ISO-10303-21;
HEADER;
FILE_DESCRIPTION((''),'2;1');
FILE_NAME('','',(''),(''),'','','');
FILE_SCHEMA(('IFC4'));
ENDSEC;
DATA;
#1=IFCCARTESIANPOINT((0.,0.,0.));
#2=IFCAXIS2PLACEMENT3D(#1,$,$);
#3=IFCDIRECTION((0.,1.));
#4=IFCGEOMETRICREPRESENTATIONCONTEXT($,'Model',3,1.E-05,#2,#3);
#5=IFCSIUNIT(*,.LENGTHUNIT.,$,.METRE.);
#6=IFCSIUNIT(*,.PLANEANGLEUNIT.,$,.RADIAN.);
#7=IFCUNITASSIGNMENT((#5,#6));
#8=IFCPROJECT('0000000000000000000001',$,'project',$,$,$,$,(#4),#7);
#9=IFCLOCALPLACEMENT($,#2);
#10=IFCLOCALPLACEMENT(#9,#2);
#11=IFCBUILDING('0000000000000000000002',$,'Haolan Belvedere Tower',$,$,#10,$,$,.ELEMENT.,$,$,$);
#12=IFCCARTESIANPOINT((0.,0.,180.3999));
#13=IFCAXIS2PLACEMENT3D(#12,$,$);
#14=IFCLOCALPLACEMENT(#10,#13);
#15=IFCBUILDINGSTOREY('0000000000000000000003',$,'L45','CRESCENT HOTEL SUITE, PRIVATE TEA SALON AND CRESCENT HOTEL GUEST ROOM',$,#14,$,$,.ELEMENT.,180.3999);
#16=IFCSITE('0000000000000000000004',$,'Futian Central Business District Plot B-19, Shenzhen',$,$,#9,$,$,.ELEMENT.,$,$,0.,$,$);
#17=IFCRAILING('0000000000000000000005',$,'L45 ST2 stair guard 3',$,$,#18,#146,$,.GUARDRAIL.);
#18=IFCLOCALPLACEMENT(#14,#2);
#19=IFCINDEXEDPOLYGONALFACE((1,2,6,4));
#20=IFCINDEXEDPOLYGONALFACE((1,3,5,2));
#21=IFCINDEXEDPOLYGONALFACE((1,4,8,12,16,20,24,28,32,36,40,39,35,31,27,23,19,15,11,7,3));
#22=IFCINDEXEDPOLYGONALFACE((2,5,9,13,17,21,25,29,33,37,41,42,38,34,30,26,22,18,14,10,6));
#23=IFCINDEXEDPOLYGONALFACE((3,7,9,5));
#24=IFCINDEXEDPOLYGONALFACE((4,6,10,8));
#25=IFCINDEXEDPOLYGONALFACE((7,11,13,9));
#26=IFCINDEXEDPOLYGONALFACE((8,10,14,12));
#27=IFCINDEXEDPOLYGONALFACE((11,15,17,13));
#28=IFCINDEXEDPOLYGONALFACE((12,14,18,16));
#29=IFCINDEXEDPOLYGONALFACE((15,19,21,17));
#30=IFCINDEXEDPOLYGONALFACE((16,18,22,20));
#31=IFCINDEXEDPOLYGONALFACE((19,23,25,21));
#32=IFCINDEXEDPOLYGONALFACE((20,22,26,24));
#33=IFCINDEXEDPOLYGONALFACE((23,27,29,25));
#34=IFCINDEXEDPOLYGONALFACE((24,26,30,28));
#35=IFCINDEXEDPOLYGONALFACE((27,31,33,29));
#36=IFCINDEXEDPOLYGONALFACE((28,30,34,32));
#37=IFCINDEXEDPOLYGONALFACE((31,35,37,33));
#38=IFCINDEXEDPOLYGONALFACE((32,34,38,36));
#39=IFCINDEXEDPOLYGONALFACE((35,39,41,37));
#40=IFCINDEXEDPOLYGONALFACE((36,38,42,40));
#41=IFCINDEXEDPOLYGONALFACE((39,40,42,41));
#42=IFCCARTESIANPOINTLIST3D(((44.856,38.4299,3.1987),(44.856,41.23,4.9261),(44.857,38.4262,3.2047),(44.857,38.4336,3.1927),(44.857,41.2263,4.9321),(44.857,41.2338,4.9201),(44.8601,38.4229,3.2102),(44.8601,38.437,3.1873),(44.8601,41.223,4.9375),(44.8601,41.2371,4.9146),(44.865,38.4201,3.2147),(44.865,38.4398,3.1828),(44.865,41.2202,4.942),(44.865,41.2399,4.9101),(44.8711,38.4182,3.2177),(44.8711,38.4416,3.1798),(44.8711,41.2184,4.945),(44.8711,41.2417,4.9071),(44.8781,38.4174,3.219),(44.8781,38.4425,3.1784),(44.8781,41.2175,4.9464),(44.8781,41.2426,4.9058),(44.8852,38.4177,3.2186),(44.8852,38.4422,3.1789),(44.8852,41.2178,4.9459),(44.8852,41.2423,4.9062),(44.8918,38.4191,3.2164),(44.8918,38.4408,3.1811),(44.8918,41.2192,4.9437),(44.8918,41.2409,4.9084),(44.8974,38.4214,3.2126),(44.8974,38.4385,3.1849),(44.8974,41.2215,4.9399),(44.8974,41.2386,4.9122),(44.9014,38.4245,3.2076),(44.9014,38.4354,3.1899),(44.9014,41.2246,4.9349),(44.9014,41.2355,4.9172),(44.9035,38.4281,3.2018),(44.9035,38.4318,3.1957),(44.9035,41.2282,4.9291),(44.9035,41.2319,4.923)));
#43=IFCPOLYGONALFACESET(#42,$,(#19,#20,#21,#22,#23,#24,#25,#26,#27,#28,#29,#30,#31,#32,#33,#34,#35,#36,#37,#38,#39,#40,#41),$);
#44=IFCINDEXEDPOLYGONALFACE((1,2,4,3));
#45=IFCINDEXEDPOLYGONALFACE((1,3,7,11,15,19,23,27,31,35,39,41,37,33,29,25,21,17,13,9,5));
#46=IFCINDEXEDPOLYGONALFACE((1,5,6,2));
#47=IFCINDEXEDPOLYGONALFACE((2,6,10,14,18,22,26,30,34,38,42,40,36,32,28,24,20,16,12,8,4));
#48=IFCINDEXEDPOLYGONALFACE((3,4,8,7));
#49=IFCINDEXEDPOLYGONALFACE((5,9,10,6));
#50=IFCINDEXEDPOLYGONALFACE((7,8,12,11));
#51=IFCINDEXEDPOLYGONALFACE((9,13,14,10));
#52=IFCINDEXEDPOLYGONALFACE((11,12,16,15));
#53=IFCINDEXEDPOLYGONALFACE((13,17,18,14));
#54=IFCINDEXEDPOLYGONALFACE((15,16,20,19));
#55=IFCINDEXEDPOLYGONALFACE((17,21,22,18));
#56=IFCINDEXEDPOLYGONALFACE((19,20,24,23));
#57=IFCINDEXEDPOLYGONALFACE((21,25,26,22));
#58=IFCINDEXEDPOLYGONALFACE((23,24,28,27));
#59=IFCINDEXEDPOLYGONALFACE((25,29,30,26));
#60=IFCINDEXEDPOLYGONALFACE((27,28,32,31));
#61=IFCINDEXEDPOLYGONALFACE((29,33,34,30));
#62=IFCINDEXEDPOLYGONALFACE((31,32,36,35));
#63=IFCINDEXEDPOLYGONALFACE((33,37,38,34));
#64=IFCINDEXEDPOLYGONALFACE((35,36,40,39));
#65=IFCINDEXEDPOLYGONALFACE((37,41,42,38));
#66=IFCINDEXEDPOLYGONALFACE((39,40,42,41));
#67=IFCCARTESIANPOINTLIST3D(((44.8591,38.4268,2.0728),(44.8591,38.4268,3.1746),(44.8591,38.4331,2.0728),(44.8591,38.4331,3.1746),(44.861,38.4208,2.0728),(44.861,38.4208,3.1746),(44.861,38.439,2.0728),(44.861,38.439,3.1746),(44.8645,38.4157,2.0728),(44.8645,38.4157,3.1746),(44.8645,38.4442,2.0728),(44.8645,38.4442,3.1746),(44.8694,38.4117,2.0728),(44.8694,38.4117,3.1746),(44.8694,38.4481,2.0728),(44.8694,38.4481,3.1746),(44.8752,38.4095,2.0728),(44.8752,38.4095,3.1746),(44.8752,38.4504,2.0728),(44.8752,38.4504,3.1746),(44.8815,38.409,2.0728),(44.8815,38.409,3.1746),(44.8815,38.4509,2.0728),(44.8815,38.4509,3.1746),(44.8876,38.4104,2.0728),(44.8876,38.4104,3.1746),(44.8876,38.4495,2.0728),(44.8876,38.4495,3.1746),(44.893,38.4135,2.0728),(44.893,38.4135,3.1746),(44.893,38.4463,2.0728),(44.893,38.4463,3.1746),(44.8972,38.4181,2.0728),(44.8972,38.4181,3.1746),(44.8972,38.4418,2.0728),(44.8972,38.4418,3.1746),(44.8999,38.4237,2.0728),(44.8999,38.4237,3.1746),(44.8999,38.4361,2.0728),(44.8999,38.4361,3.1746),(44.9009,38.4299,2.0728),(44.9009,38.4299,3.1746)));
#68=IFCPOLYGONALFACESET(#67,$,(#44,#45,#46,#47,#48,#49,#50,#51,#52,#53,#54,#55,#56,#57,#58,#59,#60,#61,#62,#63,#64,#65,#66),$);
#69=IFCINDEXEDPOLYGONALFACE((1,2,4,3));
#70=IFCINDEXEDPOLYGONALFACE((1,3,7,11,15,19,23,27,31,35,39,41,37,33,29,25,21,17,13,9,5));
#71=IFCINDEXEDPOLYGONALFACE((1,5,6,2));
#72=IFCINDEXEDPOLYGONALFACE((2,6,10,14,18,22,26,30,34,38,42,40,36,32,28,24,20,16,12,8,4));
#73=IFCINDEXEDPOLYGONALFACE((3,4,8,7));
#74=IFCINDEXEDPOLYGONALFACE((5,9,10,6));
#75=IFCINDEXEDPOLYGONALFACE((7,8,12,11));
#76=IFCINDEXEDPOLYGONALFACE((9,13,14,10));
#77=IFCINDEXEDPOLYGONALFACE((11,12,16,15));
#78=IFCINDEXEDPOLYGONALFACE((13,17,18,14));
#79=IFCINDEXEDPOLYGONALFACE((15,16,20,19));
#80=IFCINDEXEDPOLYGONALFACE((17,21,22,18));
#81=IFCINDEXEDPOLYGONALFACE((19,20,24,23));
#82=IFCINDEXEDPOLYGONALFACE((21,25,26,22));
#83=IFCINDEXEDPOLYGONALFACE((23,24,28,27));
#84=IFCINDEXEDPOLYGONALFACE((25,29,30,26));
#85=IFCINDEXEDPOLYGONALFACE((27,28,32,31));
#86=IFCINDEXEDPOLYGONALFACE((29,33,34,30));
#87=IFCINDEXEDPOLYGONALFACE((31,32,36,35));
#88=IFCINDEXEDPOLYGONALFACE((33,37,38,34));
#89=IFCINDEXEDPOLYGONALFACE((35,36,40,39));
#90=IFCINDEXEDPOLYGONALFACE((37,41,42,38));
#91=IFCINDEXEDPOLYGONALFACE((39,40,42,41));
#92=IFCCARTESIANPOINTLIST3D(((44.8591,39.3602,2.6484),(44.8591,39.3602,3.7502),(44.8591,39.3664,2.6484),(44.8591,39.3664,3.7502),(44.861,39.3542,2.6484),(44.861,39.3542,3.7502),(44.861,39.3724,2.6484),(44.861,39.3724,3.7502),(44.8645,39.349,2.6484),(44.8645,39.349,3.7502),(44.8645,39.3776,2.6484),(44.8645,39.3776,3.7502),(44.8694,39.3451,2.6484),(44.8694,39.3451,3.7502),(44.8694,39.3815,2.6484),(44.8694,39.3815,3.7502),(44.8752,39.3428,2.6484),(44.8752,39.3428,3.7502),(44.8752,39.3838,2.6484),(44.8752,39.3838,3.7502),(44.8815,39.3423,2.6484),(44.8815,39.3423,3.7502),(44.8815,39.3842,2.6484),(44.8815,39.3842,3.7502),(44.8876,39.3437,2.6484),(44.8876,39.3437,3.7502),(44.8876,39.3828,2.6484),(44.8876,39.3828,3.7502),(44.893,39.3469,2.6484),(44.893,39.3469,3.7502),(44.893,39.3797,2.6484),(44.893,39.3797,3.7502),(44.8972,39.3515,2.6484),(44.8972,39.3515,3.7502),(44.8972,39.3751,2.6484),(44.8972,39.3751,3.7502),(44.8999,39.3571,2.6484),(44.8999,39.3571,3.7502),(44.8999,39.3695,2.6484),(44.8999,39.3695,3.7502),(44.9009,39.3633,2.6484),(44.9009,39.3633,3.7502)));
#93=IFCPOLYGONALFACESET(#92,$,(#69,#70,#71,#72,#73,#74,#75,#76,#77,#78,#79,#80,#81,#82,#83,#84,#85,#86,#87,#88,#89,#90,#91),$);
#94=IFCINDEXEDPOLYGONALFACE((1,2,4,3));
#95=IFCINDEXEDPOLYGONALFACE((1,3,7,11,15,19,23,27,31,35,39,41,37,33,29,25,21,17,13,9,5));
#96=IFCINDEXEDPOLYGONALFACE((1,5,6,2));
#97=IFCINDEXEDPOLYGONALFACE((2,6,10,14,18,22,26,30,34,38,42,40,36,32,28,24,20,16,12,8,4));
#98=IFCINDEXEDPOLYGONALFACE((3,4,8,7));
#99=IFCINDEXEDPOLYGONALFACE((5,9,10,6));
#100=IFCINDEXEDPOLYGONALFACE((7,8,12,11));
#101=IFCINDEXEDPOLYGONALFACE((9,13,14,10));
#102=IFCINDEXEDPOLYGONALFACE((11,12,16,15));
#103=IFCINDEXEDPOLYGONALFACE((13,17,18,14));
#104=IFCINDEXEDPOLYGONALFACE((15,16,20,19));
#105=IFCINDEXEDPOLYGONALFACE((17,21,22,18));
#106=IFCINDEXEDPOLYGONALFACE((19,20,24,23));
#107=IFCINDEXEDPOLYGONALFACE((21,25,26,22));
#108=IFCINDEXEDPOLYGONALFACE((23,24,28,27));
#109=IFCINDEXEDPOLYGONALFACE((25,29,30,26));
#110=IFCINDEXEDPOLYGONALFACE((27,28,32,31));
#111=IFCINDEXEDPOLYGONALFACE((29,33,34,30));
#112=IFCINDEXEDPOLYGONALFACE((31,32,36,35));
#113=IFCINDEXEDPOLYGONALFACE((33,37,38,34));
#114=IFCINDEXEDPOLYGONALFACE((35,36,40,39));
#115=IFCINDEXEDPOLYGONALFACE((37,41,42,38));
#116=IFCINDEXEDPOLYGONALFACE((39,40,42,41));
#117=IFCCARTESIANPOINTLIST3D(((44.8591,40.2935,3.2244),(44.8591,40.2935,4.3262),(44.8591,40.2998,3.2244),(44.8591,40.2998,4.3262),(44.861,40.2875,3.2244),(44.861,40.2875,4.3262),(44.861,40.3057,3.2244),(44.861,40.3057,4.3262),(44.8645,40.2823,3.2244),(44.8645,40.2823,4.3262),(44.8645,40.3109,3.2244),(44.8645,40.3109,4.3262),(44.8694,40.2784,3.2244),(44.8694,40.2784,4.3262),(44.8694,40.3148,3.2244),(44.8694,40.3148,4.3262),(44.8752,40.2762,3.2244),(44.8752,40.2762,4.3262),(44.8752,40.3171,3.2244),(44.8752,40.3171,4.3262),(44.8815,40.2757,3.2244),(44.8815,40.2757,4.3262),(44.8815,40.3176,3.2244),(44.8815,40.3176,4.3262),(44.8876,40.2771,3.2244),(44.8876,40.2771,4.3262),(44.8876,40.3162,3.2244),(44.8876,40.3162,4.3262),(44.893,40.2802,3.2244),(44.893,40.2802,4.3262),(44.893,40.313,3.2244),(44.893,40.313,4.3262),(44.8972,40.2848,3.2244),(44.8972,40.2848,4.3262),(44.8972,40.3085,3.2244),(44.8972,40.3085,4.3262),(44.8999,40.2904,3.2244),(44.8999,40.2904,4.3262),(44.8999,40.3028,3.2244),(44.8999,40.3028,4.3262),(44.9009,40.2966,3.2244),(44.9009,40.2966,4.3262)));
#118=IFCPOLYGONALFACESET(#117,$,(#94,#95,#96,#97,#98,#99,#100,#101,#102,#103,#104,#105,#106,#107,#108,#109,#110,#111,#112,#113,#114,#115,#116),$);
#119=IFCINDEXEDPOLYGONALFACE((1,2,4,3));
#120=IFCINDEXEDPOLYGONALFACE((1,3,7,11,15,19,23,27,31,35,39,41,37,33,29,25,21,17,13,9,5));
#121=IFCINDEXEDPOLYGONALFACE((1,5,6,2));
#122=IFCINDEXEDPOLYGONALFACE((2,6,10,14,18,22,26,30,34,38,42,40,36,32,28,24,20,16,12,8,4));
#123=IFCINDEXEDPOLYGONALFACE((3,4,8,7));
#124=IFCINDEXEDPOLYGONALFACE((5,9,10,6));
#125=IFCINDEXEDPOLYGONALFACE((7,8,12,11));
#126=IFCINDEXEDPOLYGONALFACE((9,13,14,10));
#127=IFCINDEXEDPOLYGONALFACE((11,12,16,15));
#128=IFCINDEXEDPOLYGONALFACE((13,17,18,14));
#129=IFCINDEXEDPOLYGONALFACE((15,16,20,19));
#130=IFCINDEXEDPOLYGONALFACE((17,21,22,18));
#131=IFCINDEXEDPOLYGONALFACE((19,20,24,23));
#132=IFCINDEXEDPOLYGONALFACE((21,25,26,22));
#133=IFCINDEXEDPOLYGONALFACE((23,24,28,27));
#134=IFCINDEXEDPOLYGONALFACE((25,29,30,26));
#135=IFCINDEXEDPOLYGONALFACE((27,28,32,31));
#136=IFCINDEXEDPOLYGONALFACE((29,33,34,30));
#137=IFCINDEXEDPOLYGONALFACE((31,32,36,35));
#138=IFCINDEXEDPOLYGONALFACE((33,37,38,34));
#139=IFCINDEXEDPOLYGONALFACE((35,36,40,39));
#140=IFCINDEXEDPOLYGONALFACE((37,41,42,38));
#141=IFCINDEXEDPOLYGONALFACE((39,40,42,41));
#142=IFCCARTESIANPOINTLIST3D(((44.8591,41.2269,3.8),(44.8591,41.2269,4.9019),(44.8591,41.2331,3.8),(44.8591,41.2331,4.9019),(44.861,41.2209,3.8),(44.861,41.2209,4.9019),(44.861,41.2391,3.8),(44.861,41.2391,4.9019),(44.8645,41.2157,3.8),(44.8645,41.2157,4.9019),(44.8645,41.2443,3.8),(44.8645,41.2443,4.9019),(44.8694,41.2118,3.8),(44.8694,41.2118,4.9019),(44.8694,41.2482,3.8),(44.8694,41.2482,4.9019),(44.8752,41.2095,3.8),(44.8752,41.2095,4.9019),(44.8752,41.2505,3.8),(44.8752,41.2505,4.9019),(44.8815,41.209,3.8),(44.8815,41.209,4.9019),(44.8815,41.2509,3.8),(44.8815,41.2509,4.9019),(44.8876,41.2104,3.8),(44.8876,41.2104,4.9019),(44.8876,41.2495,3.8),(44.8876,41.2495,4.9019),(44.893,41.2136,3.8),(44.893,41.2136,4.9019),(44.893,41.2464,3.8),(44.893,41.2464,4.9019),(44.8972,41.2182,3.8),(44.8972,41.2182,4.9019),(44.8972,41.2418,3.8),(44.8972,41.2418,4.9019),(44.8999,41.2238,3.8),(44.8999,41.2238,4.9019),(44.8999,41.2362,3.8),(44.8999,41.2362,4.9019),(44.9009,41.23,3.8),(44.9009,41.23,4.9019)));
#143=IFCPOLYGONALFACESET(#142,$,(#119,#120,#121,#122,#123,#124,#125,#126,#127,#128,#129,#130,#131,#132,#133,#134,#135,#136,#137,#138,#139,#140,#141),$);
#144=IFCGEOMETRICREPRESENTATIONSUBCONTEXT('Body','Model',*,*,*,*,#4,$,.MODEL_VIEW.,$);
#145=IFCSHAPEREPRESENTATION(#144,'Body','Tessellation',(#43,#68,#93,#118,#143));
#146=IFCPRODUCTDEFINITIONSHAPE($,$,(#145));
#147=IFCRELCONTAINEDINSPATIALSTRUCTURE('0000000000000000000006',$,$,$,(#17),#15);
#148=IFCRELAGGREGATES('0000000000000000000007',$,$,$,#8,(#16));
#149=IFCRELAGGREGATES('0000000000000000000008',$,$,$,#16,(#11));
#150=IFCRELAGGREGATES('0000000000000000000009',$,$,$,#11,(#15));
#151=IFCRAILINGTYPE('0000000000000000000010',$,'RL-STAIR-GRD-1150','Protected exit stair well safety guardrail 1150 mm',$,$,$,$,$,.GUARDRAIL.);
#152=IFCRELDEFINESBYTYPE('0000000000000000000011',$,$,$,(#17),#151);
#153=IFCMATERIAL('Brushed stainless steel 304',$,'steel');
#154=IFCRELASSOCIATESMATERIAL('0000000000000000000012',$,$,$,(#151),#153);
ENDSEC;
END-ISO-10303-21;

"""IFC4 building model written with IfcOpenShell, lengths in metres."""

from ifc_helpers import new_model, si_unit, direction, frame, origin, origin_2d, place, context, subcontext, project, spatial, circle, extrude, material, type_object, element, save


model = new_model("IFC4")

# Units and contexts
model_context = context("Model", 3, precision=1e-05, world=origin(), true_north=direction((0.0, 1.0)))
body_context = subcontext(model_context, "Body", "Model", "MODEL_VIEW")
ifc_project = project(units=[si_unit("LENGTHUNIT", "METRE"), si_unit("PLANEANGLEUNIT", "RADIAN")], contexts=[model_context])

# Site, building, storey
site_placement = place(None, origin())
site = spatial("IfcSite", under=ifc_project, at=site_placement, Name="Futian Central Business District Plot B-19, Shenzhen", CompositionType="ELEMENT", RefElevation=0.0)
building_placement = place(site_placement, origin())
building = spatial("IfcBuilding", under=site, at=building_placement, Name="Haolan Belvedere Tower", CompositionType="ELEMENT")
storey_placement = place(building_placement, frame((0.0, 0.0, 180.3999)))
storey = spatial("IfcBuildingStorey", under=building, at=storey_placement, Name="L45", Description="CRESCENT HOTEL SUITE, PRIVATE TEA SALON AND CRESCENT HOTEL GUEST ROOM", CompositionType="ELEMENT", Elevation=180.3999)

# Railing
ifc_material_1 = material(Name="Brushed stainless steel 304", Category="steel")
railing_type_1 = type_object("IfcRailingType", Name="RL-STAIR-GRD-1150", Description="Protected exit stair well safety guardrail 1150 mm", PredefinedType="GUARDRAIL", material=ifc_material_1)
railing_1_placement = place(storey_placement, frame((44.8799, 38.4299, 2.0728)))
element("IfcRailing", 1, at=railing_1_placement, inside=storey, type_object=railing_type_1, Name="L45 ST2 stair guard 3", PredefinedType="GUARDRAIL", context=body_context, shape_type="SweptSolid", body=[
    extrude(circle(Radius=0.0239, at=origin_2d()), frame((0.0, 0.0, 1.126), z_axis=(0.0, 0.85109, 0.52502), x_axis=(-1.0, 0.0, 0.0)), (0.0, 0.0, 1.0), 3.29),
    extrude(circle(Radius=0.021, at=origin_2d()), origin(), (0.0, 0.0, 1.0), 1.1018),
    extrude(circle(Radius=0.021, at=origin_2d()), frame((0.0, 0.9333, 0.5757)), (0.0, 0.0, 1.0), 1.1018),
    extrude(circle(Radius=0.021, at=origin_2d()), frame((0.0, 1.8667, 1.1516)), (0.0, 0.0, 1.0), 1.1018),
    extrude(circle(Radius=0.021, at=origin_2d()), frame((0.0, 2.8, 1.7273)), (0.0, 0.0, 1.0), 1.1018),
])

save(model, "model.ifc")
